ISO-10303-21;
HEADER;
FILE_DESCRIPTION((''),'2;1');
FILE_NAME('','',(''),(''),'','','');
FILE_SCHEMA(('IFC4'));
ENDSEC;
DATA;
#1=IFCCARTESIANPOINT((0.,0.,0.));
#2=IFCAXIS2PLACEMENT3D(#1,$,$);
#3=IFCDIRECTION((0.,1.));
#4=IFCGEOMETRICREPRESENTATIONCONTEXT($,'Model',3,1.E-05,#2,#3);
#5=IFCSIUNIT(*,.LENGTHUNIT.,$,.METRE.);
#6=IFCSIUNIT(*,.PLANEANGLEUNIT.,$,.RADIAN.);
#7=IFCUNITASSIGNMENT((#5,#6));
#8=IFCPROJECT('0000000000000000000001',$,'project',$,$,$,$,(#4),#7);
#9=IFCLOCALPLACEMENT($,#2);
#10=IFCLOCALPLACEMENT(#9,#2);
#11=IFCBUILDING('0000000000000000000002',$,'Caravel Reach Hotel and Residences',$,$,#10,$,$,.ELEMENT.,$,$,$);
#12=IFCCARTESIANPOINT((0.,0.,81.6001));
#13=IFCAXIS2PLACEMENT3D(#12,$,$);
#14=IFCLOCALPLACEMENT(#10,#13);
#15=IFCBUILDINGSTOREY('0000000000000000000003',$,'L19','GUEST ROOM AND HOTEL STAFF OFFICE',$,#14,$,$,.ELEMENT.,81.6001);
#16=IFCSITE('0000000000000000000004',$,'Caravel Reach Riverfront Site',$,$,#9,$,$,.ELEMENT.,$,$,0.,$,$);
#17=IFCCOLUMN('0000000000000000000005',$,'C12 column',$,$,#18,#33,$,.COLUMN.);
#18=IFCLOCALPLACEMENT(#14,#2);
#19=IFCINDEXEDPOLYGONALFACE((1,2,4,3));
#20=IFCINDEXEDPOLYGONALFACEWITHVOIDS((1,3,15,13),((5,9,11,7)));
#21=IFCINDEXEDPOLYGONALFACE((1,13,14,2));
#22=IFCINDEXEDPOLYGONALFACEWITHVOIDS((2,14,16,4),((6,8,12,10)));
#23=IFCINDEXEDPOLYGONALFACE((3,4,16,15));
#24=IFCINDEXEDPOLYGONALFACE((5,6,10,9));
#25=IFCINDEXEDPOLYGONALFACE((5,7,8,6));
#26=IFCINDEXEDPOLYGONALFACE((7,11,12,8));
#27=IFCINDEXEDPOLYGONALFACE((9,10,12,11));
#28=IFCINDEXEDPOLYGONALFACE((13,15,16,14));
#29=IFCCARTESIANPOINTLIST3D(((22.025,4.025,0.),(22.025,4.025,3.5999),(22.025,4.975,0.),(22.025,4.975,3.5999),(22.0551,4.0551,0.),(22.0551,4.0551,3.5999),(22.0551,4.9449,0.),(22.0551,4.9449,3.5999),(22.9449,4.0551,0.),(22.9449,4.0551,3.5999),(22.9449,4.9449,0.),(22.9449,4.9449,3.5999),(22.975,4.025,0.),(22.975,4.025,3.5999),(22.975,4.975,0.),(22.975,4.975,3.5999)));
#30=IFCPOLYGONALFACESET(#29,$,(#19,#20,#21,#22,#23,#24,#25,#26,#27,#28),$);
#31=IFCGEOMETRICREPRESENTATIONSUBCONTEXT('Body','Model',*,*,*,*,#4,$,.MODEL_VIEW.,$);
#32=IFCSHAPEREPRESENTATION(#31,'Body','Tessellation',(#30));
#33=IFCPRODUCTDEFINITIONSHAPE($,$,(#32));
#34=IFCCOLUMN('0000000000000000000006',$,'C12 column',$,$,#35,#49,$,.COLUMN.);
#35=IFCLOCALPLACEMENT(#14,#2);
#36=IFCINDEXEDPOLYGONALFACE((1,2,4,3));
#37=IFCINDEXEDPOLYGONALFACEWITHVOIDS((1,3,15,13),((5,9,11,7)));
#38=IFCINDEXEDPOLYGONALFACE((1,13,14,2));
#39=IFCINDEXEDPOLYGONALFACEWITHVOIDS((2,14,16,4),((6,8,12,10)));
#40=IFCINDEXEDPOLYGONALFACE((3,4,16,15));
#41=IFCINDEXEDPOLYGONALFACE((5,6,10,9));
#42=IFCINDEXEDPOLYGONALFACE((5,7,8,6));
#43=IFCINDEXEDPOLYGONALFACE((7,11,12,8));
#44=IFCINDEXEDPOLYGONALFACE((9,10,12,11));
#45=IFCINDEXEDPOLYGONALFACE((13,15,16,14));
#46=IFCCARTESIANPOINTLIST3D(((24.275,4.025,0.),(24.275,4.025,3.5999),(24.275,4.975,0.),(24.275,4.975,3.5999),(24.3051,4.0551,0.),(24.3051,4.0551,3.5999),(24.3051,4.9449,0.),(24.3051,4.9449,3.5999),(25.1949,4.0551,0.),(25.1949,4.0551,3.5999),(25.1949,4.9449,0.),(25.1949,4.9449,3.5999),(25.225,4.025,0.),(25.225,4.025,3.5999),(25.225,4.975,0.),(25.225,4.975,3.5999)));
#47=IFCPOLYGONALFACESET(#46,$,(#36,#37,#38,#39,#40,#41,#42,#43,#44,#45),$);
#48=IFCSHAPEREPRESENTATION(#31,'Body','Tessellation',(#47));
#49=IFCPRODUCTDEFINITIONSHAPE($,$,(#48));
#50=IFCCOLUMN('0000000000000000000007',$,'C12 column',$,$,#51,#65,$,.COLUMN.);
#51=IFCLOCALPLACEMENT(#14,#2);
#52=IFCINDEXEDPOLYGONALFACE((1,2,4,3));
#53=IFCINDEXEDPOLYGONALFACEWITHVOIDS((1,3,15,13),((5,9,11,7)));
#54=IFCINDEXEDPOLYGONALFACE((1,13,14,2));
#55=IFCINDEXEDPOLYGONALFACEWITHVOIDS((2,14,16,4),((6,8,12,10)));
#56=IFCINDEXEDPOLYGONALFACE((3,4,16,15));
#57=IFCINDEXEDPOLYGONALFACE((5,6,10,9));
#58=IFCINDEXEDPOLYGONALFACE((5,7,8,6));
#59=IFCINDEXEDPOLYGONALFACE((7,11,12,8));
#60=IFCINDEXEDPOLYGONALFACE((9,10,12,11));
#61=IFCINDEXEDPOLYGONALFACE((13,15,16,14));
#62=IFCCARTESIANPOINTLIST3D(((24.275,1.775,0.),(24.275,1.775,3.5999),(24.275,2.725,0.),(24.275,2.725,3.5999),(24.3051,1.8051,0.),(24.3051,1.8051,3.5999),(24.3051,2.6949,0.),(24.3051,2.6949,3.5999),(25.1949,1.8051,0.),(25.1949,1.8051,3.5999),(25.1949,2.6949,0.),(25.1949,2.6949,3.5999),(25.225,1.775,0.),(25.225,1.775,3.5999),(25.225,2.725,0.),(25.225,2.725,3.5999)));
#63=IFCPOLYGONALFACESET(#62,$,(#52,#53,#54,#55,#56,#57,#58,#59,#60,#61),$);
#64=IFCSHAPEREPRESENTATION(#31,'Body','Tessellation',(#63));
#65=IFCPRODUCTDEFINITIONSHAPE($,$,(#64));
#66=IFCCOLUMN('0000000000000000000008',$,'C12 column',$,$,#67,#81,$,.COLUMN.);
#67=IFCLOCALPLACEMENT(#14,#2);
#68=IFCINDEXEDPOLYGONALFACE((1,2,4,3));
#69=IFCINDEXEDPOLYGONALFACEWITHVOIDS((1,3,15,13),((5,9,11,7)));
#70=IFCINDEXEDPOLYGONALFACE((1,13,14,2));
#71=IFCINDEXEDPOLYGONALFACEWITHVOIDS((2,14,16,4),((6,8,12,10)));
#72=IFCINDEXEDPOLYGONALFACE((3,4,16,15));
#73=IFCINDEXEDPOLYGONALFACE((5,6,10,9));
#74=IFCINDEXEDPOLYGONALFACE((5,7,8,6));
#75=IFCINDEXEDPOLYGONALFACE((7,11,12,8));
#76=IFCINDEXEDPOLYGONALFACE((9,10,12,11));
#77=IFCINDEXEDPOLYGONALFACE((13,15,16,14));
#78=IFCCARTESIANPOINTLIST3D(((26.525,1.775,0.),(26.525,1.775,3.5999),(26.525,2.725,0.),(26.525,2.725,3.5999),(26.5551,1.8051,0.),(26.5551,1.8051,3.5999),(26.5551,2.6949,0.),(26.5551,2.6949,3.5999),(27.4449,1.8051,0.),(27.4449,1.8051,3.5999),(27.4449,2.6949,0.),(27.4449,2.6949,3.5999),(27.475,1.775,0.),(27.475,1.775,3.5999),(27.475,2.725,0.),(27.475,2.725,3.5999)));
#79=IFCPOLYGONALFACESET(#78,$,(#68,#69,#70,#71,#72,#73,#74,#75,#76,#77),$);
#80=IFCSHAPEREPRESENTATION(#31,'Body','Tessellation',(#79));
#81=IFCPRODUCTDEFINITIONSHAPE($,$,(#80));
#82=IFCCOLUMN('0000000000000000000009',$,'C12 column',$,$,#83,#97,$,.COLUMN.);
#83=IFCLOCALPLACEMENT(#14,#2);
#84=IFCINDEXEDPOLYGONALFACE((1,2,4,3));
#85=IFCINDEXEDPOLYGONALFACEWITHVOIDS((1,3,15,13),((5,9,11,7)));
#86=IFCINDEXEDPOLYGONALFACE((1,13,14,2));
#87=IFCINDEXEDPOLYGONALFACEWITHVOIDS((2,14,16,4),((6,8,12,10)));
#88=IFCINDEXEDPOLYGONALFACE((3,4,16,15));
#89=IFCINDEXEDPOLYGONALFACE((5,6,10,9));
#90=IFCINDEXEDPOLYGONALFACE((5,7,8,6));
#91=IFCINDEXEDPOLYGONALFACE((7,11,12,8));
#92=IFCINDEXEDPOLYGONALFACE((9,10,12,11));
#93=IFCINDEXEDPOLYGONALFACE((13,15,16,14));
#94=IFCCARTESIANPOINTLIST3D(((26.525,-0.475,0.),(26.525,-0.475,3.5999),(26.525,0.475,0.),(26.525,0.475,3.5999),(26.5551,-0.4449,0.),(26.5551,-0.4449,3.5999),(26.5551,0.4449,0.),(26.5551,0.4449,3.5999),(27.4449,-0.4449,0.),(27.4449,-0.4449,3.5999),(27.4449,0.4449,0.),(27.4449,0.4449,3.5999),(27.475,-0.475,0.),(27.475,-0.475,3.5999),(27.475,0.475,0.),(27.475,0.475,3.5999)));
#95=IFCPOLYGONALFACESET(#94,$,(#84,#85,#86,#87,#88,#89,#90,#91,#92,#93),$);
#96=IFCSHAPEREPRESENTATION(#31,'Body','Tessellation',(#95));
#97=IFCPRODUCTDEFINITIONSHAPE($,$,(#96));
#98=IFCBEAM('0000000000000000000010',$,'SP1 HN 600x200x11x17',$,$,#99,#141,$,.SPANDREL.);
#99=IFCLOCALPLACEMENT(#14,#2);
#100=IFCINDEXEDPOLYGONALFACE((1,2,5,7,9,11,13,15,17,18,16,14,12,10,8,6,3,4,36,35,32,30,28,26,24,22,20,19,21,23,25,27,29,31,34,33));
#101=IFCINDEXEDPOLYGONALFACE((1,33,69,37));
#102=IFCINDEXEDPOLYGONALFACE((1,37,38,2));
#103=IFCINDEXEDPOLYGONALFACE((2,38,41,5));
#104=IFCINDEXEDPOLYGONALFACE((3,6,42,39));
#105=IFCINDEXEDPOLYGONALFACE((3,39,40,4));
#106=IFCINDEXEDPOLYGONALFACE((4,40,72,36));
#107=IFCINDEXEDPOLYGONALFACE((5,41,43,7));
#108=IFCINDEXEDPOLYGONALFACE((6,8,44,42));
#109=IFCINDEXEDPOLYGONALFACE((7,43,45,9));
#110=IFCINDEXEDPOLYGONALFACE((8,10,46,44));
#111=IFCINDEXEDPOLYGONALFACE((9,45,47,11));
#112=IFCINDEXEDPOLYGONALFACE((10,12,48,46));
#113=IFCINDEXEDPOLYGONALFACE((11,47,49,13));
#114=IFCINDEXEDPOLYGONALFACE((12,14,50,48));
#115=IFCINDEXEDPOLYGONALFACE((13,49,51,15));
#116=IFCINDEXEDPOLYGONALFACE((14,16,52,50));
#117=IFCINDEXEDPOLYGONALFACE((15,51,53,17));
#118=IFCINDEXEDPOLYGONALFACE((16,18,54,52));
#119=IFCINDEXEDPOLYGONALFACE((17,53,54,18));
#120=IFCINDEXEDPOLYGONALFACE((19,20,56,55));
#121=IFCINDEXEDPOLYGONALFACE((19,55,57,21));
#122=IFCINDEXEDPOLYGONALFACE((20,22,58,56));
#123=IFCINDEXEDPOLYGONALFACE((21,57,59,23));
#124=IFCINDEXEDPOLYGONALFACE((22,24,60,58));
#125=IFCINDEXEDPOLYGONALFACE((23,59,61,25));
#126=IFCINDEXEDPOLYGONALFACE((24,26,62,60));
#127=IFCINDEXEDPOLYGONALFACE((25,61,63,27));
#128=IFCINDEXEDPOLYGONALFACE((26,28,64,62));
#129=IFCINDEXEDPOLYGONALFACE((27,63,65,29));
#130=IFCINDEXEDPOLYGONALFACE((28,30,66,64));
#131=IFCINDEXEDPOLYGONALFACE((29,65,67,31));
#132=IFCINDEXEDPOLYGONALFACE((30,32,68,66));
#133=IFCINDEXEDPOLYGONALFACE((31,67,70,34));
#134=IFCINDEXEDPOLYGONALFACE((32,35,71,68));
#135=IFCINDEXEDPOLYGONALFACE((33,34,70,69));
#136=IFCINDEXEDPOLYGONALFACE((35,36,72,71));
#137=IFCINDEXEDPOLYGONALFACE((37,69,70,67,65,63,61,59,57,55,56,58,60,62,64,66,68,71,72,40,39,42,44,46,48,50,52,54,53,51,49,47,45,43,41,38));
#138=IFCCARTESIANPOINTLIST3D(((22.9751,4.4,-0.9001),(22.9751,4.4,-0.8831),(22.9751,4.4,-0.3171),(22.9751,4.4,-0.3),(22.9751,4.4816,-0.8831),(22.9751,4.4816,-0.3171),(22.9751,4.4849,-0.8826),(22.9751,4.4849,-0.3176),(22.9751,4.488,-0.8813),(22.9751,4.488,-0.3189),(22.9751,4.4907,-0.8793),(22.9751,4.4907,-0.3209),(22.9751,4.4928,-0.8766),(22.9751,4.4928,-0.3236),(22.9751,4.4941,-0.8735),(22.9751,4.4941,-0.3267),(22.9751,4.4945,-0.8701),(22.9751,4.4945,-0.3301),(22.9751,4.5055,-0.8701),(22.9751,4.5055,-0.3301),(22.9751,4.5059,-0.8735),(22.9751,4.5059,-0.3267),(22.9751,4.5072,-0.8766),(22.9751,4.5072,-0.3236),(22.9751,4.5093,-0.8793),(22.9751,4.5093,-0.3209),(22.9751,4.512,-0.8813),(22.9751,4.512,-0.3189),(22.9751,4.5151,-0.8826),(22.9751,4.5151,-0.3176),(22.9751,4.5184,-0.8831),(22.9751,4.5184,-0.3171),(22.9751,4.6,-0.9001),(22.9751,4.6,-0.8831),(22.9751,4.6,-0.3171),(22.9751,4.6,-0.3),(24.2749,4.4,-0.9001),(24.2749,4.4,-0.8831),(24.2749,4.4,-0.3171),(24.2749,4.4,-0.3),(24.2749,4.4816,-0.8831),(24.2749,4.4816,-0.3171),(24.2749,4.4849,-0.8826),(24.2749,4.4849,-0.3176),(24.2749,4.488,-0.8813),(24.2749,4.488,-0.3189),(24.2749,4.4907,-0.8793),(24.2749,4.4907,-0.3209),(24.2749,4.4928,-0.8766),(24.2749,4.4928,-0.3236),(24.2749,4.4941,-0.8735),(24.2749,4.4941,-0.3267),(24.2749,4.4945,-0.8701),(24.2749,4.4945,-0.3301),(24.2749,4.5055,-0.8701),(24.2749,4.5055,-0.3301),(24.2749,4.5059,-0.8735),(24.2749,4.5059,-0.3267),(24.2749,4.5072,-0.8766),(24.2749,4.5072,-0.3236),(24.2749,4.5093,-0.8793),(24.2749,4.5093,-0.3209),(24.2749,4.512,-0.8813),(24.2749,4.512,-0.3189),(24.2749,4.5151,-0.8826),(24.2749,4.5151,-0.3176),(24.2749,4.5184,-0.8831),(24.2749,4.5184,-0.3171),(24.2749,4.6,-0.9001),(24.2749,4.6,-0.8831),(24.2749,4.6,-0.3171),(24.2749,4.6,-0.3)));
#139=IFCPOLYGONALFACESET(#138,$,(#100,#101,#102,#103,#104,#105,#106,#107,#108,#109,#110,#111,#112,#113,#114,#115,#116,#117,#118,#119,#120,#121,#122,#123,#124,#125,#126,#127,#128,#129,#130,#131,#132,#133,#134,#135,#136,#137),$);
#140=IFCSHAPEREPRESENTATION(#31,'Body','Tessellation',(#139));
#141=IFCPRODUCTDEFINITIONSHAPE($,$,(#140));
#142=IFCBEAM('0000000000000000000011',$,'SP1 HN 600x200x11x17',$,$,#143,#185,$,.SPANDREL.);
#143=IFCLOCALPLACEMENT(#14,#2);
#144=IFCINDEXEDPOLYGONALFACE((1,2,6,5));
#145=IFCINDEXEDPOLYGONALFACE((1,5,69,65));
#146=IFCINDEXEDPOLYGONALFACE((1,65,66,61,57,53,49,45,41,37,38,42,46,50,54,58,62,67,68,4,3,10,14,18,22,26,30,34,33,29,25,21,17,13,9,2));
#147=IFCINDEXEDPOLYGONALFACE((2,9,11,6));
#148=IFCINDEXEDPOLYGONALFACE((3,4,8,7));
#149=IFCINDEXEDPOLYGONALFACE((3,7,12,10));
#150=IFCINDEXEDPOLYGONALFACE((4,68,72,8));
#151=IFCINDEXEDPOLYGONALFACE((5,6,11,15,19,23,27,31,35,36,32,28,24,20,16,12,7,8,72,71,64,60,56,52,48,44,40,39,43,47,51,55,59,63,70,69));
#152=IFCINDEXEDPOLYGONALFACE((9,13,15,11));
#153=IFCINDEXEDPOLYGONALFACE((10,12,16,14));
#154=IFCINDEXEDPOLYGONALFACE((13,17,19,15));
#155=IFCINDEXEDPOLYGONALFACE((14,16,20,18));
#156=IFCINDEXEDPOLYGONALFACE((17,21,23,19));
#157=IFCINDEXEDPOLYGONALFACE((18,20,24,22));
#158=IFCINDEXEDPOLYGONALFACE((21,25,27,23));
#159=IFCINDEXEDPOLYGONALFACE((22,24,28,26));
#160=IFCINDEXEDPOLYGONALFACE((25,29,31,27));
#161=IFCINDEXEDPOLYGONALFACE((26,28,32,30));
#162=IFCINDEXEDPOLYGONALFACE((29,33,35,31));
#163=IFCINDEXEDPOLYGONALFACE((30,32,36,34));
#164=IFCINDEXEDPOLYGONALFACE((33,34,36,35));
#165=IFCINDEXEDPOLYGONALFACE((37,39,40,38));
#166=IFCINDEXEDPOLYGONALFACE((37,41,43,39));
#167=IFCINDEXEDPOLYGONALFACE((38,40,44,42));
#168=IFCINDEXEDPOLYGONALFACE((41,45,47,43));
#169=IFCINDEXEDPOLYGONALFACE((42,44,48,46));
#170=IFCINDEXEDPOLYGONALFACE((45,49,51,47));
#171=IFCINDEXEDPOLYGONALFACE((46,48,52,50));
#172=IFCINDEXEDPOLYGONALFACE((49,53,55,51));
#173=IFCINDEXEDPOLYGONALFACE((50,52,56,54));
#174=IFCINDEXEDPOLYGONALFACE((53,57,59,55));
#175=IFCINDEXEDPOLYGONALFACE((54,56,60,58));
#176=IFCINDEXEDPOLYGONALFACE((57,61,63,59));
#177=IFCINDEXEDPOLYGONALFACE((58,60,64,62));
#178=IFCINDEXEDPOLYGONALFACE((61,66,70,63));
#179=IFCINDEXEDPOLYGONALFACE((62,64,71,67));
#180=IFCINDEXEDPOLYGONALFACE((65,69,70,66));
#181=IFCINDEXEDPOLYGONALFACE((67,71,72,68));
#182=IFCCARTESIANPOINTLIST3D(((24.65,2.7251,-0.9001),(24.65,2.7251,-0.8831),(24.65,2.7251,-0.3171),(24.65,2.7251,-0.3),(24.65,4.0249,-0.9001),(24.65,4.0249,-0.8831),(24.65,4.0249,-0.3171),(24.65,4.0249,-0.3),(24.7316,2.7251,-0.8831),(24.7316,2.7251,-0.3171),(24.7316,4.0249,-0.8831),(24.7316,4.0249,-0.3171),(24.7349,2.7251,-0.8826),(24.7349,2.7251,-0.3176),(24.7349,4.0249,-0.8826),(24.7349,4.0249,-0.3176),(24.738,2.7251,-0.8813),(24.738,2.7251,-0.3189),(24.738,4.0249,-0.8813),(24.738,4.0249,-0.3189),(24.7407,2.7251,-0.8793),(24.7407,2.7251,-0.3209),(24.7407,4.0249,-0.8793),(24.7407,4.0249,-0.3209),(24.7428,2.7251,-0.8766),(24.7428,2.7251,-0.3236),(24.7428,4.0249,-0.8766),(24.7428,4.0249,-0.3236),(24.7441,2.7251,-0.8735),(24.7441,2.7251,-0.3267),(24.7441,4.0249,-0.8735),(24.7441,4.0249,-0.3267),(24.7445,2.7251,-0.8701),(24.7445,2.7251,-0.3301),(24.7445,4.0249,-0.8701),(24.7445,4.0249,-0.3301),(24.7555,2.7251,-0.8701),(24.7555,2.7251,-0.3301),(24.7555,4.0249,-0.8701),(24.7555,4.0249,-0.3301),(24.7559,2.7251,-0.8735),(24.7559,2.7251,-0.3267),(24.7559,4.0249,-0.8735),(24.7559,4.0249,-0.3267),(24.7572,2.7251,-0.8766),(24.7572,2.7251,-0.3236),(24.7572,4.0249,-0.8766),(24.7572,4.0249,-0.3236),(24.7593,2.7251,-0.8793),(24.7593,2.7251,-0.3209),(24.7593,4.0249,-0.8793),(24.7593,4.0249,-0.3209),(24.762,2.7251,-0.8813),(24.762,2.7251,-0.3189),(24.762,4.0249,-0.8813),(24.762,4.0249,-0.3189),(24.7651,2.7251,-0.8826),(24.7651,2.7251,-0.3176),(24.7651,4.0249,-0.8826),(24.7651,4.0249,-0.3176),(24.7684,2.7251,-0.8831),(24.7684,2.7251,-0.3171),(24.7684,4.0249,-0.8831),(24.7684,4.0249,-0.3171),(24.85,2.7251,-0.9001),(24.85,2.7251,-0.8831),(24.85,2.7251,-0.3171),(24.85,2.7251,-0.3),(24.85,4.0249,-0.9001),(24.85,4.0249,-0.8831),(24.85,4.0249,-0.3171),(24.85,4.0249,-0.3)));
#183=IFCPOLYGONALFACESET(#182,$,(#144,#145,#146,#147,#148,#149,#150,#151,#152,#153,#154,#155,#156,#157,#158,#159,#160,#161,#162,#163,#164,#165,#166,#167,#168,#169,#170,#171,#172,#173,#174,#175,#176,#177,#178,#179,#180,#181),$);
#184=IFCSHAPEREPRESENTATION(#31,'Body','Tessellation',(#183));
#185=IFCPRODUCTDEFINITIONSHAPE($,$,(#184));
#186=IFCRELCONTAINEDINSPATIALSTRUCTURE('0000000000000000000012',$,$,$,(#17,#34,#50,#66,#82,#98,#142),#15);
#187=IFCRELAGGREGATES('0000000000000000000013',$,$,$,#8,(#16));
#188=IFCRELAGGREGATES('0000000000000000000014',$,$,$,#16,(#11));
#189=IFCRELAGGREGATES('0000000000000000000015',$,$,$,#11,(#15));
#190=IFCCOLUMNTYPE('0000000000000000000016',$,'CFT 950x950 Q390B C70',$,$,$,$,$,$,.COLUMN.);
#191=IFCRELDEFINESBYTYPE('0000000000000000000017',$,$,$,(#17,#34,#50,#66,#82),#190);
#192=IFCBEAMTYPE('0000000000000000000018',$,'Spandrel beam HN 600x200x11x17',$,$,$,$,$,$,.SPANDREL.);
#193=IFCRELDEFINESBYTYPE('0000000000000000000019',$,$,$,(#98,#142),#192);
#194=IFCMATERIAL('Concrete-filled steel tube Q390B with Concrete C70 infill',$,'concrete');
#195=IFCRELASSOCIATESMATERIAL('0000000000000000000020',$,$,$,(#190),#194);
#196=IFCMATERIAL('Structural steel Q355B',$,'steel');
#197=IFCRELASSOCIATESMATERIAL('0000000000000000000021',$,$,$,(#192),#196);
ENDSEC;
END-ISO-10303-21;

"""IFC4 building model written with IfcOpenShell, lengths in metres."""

from ifc_helpers import new_model, si_unit, direction, frame, origin, origin_2d, place, context, subcontext, project, spatial, hollow_rectangle, i_section, extrude, material, material_profile, profile_set, type_object, element, save


model = new_model("IFC4")

# Units and contexts
model_context = context("Model", 3, precision=1e-05, world=origin(), true_north=direction((0.0, 1.0)))
body_context = subcontext(model_context, "Body", "Model", "MODEL_VIEW")
ifc_project = project(units=[si_unit("LENGTHUNIT", "METRE"), si_unit("PLANEANGLEUNIT", "RADIAN")], contexts=[model_context])

# Site, building, storey
site_placement = place(None, origin())
site = spatial("IfcSite", under=ifc_project, at=site_placement, Name="Caravel Reach Riverfront Site", CompositionType="ELEMENT", RefElevation=0.0)
building_placement = place(site_placement, origin())
building = spatial("IfcBuilding", under=site, at=building_placement, Name="Caravel Reach Hotel and Residences", CompositionType="ELEMENT")
storey_placement = place(building_placement, frame((0.0, 0.0, 81.6001)))
storey = spatial("IfcBuildingStorey", under=building, at=storey_placement, Name="L19", Description="GUEST ROOM AND HOTEL STAFF OFFICE", CompositionType="ELEMENT", Elevation=81.6001)

# Columns
ifc_material_1 = material(Name="Concrete-filled steel tube Q390B with Concrete C70 infill", Category="concrete")
ifc_material_profile_1 = material_profile(ifc_material_1, hollow_rectangle(XDim=0.95, YDim=0.95, WallThickness=0.03, at=origin_2d()), Name="RHS 950x950x30")
ifc_profile_set_1 = profile_set([ifc_material_profile_1], Name="Concrete-filled steel tube Q390B with Concrete C70 infill")
column_type = type_object("IfcColumnType", Name="CFT 950x950 Q390B C70", PredefinedType="COLUMN", material=ifc_profile_set_1)
for number, where, z_axis, x_axis, name in (
    (1, (22.5, 4.5, 0.0), (0.0, 0.0, 1.0), (1.0, 0.0, 0.0), "C12 column"),
    (2, (24.75, 4.5, 0.0), (0.0, 0.0, 1.0), (1.0, 0.0, 0.0), "C12 column"),
    (3, (24.75, 2.25, 0.0), (0.0, 0.0, 1.0), (1.0, 0.0, 0.0), "C12 column"),
    (4, (27.0, 2.25, 0.0), (0.0, 0.0, 1.0), (1.0, 0.0, 0.0), "C12 column"),
    (5, (27.0, 0.0, 0.0), (0.0, 0.0, 1.0), (1.0, 0.0, 0.0), "C12 column"),
):
    element("IfcColumn", number, at=place(storey_placement, frame(where, z_axis=z_axis, x_axis=x_axis)), inside=storey, type_object=column_type, Name=name, PredefinedType="COLUMN", context=body_context, shape_type="SweptSolid", body=[
        extrude(hollow_rectangle(XDim=0.95, YDim=0.95, WallThickness=0.03, at=origin_2d()), origin(), (0.0, 0.0, 1.0), 3.5999),
    ])

# Beams
ifc_material_2 = material(Name="Structural steel Q355B", Category="steel")
ifc_material_profile_2 = material_profile(ifc_material_2, i_section(OverallWidth=0.2, OverallDepth=0.6001, WebThickness=0.011, FlangeThickness=0.0171, FilletRadius=0.0129, at=origin_2d()), Name="HN 600x200x11x17")
ifc_profile_set_2 = profile_set([ifc_material_profile_2], Name="Structural steel Q355B")
beam_type = type_object("IfcBeamType", Name="Spandrel beam HN 600x200x11x17", PredefinedType="SPANDREL", material=ifc_profile_set_2)
for number, where, z_axis, x_axis, name in (
    (6, (22.9751, 4.5, -0.6001), (1.0, 0.0, 0.0), (0.0, 1.0, 0.0), "SP1 HN 600x200x11x17"),
    (7, (24.75, 4.0249, -0.6001), (0.0, -1.0, 0.0), (1.0, 0.0, 0.0), "SP1 HN 600x200x11x17"),
):
    element("IfcBeam", number, at=place(storey_placement, frame(where, z_axis=z_axis, x_axis=x_axis)), inside=storey, type_object=beam_type, Name=name, PredefinedType="SPANDREL", context=body_context, shape_type="SweptSolid", body=[
        extrude(i_section(OverallWidth=0.2, OverallDepth=0.6001, WebThickness=0.011, FlangeThickness=0.0171, FilletRadius=0.0129, at=origin_2d()), origin(), (0.0, 0.0, 1.0), 1.2998),
    ])

save(model, "model.ifc")
